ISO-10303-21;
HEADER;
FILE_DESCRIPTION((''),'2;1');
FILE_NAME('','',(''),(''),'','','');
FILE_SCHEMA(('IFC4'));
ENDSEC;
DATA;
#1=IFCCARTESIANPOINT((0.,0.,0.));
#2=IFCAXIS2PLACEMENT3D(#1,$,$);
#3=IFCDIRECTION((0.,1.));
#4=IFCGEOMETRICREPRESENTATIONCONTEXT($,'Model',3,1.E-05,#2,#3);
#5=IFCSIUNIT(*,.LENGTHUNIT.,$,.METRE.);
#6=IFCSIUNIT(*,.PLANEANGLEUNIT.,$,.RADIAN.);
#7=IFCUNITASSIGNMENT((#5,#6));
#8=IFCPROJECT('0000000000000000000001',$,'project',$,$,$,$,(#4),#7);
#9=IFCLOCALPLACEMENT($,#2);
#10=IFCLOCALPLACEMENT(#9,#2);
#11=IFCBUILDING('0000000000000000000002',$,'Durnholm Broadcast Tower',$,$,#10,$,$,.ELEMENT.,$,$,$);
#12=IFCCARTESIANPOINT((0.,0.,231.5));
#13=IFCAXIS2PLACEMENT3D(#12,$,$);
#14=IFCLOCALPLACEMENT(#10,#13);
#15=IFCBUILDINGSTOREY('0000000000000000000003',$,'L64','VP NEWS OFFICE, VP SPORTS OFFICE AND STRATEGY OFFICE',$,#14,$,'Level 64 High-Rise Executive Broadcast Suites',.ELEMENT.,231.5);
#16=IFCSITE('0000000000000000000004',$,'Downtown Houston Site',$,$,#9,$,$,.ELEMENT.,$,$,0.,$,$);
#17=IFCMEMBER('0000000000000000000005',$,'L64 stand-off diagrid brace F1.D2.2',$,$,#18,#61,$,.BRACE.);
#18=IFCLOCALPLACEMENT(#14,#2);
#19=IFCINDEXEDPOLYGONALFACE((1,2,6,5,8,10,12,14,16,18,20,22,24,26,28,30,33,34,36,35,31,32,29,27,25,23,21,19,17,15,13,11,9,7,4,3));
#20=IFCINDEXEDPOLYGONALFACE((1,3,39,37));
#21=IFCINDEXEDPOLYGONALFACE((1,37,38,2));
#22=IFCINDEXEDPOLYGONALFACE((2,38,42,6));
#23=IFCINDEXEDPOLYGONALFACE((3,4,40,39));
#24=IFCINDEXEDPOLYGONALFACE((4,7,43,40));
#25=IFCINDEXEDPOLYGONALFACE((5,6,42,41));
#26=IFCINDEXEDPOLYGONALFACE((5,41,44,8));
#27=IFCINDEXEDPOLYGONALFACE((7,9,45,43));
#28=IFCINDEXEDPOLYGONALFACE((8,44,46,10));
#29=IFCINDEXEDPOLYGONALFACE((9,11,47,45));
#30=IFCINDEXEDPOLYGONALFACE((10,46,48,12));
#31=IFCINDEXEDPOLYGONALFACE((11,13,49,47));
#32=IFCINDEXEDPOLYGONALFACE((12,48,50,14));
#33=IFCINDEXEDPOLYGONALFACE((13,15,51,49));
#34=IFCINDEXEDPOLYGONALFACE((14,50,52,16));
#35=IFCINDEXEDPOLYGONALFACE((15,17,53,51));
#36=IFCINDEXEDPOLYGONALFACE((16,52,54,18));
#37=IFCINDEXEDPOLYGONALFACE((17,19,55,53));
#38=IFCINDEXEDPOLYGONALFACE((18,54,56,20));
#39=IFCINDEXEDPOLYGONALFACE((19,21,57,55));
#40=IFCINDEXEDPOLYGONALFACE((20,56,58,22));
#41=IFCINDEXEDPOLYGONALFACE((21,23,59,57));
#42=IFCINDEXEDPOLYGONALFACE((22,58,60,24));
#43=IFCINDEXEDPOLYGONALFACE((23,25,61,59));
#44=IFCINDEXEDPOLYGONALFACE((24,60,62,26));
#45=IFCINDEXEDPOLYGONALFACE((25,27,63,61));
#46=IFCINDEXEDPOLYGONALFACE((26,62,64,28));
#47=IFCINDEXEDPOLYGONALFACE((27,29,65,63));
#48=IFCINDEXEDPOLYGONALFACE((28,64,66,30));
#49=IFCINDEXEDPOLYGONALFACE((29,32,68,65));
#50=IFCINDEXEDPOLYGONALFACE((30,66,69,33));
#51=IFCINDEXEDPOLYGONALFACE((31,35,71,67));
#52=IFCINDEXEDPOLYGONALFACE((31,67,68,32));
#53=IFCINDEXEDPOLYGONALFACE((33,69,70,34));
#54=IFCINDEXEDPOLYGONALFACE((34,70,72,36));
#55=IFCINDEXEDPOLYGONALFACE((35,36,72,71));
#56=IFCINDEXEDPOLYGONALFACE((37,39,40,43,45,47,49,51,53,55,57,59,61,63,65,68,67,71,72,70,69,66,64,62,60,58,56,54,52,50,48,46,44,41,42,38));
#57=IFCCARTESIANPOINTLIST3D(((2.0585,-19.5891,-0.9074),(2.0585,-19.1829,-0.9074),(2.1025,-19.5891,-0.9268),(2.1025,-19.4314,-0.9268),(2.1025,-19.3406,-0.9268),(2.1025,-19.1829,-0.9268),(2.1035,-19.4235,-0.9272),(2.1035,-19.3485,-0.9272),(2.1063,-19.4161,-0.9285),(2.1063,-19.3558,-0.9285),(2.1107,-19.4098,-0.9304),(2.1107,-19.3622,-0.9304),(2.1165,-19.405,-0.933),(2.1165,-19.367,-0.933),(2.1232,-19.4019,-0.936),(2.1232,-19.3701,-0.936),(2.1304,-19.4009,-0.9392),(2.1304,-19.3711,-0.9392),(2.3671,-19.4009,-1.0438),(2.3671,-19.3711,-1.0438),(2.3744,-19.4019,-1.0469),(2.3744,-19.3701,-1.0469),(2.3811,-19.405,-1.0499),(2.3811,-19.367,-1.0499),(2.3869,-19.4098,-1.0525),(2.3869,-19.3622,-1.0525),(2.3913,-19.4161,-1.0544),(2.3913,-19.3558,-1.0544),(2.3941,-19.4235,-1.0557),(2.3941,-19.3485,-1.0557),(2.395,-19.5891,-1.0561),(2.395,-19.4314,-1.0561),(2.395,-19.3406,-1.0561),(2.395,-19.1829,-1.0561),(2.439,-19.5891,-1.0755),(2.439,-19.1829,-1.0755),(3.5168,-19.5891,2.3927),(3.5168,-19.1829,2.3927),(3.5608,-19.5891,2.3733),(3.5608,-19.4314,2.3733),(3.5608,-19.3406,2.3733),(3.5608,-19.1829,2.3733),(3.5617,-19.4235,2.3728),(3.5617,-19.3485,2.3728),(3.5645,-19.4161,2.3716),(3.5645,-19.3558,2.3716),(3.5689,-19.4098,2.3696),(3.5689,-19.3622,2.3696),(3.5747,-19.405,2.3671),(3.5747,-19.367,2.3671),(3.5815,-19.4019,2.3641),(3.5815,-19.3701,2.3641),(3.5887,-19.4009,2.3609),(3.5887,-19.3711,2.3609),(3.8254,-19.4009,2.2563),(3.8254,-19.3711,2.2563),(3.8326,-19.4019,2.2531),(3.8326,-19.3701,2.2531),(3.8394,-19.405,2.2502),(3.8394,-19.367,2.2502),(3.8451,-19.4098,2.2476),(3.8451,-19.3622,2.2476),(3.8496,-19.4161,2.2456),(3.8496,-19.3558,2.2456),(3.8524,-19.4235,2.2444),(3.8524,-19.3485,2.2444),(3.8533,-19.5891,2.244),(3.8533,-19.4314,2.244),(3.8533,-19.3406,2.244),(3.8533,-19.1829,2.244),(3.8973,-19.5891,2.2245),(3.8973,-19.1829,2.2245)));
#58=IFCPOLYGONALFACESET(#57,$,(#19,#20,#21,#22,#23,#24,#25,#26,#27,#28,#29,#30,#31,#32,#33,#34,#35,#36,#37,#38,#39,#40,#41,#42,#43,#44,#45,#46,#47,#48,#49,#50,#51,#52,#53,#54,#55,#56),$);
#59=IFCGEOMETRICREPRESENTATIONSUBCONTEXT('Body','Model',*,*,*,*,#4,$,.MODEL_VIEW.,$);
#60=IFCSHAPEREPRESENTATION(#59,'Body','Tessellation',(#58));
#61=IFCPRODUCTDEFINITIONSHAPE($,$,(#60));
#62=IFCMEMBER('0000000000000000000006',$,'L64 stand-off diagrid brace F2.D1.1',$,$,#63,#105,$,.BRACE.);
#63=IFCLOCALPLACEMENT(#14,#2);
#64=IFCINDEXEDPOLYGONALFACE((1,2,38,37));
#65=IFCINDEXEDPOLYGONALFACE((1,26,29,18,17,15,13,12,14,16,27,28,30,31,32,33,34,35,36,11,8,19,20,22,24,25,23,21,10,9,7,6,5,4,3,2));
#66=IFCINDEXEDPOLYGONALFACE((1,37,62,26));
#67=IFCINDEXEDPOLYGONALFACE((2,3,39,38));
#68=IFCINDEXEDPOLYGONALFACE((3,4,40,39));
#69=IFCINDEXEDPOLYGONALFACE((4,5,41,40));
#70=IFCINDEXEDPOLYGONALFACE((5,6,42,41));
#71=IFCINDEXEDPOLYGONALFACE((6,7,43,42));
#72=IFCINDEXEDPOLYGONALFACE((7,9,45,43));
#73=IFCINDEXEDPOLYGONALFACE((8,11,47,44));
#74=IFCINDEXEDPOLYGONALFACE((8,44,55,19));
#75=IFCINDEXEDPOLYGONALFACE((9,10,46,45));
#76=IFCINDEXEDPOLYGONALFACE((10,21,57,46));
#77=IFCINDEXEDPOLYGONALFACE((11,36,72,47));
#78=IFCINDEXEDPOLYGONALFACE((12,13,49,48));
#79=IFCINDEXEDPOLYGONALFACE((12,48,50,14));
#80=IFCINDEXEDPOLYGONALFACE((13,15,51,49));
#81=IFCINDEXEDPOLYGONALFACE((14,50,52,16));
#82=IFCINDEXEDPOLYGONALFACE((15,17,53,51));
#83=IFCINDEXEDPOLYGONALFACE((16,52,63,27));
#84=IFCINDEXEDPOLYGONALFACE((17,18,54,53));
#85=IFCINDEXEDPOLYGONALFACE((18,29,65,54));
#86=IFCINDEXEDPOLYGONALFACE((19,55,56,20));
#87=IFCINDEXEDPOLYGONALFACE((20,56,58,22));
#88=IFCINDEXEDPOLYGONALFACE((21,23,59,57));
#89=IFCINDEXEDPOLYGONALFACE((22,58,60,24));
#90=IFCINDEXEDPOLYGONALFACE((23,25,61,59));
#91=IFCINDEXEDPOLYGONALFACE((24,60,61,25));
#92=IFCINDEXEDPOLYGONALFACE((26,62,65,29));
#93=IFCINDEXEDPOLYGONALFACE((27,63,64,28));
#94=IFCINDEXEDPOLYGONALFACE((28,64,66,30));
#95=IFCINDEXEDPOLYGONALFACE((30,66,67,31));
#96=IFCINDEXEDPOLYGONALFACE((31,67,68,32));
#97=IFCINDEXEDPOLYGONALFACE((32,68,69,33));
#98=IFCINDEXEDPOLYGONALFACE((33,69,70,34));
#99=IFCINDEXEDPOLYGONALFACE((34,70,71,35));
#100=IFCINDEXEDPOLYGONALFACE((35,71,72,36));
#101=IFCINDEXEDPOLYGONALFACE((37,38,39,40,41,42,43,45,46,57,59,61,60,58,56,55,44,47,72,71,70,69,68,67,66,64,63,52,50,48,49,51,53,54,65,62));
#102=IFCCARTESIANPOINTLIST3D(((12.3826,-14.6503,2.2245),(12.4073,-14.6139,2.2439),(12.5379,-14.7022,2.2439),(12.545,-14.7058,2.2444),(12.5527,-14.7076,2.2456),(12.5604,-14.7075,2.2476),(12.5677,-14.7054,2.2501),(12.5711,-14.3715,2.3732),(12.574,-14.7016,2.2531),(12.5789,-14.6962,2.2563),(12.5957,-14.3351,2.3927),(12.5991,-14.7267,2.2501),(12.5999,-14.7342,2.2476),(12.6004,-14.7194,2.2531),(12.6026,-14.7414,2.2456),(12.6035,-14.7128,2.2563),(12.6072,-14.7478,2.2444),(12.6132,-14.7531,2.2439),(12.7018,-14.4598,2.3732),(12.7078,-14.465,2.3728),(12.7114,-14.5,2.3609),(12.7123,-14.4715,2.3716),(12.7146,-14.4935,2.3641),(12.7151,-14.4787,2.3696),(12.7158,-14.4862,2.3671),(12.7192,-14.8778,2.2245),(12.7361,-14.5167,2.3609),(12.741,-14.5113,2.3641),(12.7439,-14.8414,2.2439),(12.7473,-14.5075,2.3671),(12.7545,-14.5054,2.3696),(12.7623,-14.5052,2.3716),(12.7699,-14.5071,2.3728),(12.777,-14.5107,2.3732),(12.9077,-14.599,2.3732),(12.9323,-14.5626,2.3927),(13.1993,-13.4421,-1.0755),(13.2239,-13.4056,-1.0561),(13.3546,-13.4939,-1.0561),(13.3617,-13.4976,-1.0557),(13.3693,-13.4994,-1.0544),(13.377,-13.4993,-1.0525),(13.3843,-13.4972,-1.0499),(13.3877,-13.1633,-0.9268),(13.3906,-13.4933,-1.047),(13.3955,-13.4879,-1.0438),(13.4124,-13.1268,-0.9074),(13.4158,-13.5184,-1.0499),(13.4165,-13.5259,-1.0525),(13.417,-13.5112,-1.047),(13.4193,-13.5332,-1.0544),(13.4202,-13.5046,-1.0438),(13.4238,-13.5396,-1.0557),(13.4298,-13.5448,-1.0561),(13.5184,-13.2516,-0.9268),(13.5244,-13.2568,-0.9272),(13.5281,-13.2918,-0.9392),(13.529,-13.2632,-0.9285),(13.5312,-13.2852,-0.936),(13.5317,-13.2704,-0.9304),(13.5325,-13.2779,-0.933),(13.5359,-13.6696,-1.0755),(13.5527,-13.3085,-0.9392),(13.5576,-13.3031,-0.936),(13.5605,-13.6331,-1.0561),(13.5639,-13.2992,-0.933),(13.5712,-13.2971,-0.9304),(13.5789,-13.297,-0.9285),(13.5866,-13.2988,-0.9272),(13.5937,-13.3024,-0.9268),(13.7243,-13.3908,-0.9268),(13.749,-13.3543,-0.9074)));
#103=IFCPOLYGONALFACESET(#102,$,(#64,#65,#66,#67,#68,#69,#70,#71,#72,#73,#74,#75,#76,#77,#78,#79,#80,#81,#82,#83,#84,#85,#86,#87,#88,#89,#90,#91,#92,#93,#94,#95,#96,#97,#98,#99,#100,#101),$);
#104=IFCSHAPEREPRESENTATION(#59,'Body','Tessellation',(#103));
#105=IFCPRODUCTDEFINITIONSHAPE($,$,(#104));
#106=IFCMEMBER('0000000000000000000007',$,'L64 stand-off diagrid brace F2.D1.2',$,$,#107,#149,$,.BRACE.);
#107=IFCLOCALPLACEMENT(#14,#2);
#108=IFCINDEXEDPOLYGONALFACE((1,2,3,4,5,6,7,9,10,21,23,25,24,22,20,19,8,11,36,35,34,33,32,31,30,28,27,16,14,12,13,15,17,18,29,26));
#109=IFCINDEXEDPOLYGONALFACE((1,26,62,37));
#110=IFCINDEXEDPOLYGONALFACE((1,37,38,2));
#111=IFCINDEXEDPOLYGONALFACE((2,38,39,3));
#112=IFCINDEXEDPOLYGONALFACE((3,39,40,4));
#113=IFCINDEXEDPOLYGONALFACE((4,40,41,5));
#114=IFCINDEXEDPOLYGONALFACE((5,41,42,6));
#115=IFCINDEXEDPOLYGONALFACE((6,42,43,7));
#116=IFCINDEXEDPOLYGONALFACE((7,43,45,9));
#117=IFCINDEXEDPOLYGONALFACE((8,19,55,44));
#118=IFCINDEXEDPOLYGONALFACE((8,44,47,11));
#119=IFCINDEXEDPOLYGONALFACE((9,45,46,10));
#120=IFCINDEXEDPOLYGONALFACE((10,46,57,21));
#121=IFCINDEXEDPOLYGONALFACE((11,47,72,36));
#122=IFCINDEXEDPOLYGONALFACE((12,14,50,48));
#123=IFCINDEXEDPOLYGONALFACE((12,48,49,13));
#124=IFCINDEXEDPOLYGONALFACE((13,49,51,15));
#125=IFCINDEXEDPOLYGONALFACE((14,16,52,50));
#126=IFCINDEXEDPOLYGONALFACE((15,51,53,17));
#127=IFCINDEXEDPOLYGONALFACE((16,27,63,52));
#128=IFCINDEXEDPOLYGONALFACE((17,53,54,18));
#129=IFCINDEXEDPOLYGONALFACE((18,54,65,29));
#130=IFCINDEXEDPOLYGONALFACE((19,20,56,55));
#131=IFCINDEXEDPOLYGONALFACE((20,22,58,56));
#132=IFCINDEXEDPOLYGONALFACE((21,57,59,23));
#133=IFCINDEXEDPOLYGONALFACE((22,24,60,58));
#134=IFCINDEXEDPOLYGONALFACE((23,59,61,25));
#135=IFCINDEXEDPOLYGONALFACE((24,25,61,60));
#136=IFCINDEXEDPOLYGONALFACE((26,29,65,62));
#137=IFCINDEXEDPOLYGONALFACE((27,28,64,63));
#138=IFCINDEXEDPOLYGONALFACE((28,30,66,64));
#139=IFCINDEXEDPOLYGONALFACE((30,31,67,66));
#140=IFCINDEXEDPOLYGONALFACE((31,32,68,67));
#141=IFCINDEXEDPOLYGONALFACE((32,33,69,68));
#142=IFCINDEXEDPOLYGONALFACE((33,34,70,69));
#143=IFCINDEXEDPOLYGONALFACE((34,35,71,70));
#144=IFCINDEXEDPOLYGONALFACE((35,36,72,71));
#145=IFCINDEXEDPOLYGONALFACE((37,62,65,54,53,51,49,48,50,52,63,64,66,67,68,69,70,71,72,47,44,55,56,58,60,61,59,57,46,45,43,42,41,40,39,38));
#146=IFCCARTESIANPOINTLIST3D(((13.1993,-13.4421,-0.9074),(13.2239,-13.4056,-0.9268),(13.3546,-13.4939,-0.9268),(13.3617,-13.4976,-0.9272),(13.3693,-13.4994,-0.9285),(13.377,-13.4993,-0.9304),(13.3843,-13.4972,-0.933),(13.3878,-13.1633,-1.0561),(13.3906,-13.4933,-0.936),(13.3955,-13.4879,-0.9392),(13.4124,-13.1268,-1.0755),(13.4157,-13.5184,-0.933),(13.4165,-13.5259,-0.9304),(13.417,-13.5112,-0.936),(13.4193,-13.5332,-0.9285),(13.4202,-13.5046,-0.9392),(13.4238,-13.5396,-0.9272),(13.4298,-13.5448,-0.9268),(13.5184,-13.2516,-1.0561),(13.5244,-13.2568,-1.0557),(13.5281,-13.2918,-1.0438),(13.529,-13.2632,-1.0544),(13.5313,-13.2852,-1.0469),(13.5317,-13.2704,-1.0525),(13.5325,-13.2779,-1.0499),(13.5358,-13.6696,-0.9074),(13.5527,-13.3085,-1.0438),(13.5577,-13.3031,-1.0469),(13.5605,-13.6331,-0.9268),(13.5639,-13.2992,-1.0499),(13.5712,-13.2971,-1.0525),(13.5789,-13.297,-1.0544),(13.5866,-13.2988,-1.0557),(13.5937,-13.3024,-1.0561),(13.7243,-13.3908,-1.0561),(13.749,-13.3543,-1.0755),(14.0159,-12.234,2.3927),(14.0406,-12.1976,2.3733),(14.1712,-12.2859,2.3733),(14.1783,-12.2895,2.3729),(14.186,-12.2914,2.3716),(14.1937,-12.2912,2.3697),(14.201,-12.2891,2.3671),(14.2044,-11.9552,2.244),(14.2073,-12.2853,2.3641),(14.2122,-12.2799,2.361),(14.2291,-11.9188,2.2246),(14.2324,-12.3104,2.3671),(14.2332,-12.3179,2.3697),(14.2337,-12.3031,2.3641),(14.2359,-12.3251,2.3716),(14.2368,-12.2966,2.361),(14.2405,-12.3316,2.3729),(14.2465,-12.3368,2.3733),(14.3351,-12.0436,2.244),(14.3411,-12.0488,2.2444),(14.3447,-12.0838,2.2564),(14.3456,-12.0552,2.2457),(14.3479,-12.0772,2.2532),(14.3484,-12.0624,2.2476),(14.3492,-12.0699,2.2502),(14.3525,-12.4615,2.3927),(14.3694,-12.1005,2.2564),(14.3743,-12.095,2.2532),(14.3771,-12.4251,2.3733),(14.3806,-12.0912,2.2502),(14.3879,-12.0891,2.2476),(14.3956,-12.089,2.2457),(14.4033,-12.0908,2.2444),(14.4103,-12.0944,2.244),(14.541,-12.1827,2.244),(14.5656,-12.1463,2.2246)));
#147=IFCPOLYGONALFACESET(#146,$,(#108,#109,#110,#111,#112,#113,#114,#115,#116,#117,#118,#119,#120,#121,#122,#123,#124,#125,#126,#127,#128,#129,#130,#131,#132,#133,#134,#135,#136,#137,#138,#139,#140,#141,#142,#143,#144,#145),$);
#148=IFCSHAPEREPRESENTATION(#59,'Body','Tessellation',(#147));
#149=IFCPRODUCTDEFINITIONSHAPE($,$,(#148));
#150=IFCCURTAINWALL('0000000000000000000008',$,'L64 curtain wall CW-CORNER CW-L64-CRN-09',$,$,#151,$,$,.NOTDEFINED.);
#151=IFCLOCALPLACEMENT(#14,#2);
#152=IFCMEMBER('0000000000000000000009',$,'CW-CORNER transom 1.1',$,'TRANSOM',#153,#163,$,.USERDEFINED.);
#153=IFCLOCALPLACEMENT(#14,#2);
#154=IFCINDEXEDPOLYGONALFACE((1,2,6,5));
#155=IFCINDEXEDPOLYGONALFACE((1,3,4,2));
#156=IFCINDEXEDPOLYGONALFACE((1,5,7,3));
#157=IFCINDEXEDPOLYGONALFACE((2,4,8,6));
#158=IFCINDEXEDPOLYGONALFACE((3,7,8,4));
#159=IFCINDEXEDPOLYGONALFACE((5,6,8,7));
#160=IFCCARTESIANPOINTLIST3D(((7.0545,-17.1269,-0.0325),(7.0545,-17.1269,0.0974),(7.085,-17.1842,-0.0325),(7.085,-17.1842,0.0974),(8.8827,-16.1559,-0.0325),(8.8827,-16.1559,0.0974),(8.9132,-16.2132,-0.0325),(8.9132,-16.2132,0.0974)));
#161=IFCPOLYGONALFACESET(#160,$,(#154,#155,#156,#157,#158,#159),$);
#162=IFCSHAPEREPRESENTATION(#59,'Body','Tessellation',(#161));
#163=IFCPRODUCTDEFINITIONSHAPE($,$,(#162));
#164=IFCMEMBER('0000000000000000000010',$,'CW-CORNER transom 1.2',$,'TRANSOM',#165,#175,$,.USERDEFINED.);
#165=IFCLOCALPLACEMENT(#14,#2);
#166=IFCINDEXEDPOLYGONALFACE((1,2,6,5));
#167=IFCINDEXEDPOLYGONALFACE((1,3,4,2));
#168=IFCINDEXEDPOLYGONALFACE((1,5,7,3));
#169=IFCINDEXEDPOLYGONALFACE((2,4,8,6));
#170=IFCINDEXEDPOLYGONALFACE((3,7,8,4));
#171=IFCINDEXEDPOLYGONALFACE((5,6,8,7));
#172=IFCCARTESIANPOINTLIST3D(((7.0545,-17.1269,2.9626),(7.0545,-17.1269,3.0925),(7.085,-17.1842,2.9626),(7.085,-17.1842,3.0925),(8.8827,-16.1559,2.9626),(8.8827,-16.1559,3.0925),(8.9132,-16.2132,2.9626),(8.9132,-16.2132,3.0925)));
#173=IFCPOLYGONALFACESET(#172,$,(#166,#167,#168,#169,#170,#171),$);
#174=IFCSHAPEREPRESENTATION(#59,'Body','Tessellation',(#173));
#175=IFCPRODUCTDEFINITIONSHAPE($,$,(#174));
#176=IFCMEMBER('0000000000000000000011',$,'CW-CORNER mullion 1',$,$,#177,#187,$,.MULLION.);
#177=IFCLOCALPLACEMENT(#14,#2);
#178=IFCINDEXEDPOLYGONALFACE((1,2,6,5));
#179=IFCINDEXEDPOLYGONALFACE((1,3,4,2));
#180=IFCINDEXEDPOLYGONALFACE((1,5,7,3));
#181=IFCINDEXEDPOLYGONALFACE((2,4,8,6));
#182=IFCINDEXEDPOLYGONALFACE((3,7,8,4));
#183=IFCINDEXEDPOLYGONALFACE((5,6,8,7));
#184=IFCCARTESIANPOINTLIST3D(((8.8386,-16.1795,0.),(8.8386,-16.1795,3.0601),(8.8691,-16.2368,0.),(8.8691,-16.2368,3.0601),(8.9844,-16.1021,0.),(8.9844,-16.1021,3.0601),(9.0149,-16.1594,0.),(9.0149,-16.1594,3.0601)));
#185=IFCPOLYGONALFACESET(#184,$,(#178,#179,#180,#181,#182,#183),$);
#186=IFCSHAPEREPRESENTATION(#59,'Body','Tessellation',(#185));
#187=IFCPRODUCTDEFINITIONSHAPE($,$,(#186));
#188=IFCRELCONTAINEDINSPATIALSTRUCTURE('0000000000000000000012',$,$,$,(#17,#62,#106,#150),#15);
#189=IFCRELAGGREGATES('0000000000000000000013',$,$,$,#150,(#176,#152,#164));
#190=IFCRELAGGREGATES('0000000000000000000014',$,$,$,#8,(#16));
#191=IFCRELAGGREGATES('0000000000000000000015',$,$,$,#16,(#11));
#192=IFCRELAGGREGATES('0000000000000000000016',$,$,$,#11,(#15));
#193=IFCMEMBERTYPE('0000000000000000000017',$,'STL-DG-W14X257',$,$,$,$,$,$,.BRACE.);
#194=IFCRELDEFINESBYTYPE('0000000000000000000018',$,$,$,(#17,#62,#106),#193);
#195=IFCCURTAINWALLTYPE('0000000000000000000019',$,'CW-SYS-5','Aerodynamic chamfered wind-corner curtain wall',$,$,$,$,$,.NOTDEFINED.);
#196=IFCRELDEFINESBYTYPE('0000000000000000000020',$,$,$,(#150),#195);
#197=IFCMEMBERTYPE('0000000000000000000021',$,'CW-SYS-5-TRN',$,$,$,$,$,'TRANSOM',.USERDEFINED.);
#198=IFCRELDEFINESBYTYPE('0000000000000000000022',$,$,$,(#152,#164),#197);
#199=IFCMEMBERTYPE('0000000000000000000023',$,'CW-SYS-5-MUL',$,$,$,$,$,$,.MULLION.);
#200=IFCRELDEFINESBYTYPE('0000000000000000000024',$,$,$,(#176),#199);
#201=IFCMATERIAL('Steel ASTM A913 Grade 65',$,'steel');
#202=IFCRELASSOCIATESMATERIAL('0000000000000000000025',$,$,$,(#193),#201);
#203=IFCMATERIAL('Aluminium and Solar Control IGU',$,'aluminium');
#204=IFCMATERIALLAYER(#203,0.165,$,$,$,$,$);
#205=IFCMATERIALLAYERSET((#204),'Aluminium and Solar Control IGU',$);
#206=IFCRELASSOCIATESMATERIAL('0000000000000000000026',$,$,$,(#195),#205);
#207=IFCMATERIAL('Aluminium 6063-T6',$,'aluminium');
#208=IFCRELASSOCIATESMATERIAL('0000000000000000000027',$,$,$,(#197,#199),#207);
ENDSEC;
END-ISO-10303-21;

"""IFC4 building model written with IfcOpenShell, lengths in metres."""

from ifc_helpers import new_model, si_unit, direction, frame, origin, origin_2d, place, context, subcontext, project, spatial, rectangle, i_section, extrude, source, transform, mapped, material, layer, layer_set, material_profile, profile_set, type_object, type_shapes, element, aggregate, save


model = new_model("IFC4")

# Units and contexts
model_context = context("Model", 3, precision=1e-05, world=origin(), true_north=direction((0.0, 1.0)))
body_context = subcontext(model_context, "Body", "Model", "MODEL_VIEW")
ifc_project = project(units=[si_unit("LENGTHUNIT", "METRE"), si_unit("PLANEANGLEUNIT", "RADIAN")], contexts=[model_context])

# Site, building, storey
site_placement = place(None, origin())
site = spatial("IfcSite", under=ifc_project, at=site_placement, Name="Downtown Houston Site", CompositionType="ELEMENT", RefElevation=0.0)
building_placement = place(site_placement, origin())
building = spatial("IfcBuilding", under=site, at=building_placement, Name="Durnholm Broadcast Tower", CompositionType="ELEMENT")
storey_placement = place(building_placement, frame((0.0, 0.0, 231.5)))
storey = spatial("IfcBuildingStorey", under=building, at=storey_placement, Name="L64", Description="VP NEWS OFFICE, VP SPORTS OFFICE AND STRATEGY OFFICE", LongName="Level 64 High-Rise Executive Broadcast Suites", CompositionType="ELEMENT", Elevation=231.5)

# Members
ifc_material_1 = material(Name="Steel ASTM A913 Grade 65", Category="steel")
ifc_material_profile_1 = material_profile(ifc_material_1, i_section(OverallWidth=0.4062, OverallDepth=0.416, WebThickness=0.0298, FlangeThickness=0.0481, FilletRadius=0.0305, at=origin_2d()), Name="W14X257")
ifc_profile_set_1 = profile_set([ifc_material_profile_1], Name="Steel ASTM A913 Grade 65")
member_type_1 = type_object("IfcMemberType", Name="STL-DG-W14X257", PredefinedType="BRACE", material=ifc_profile_set_1)
shared_shape_1 = source(origin(), body_context, "Body", "SweptSolid", [
    extrude(i_section(OverallWidth=0.4062, OverallDepth=0.416, WebThickness=0.0298, FlangeThickness=0.0481, FilletRadius=0.0305, at=origin_2d()), origin(), (0.0, 0.0, 1.0), 3.6079),
])
type_shapes(member_type_1, [shared_shape_1])
for number, where, z_axis, x_axis, name in (
    (1, (2.2488, -19.386, -0.9915), (0.404185, 0.0, 0.914677), (0.0, 1.0, 0.0), "L64 stand-off diagrid brace F1.D2.2"),
    (2, (13.4741, -13.3982, -0.9915), (-0.226349, -0.334888, 0.914667), (0.828505, -0.559982, 0.0), "L64 stand-off diagrid brace F2.D1.1"),
    (3, (13.4741, -13.3982, -0.9915), (0.226354, 0.334828, 0.914688), (-0.828452, 0.560059, 0.0), "L64 stand-off diagrid brace F2.D1.2"),
):
    element("IfcMember", number, at=place(storey_placement, frame(where, z_axis=z_axis, x_axis=x_axis)), inside=storey, type_object=member_type_1, Name=name, PredefinedType="BRACE", context=body_context, shape_type="MappedRepresentation", body=[
        mapped(shared_shape_1, transform((0.0, 0.0, 0.0), x_axis=(1.0, 0.0, 0.0), y_axis=(0.0, 1.0, 0.0), z_axis=(0.0, 0.0, 1.0), scale=1.0)),
    ])

# Curtain wall, members
ifc_material_2 = material(Name="Aluminium and Solar Control IGU", Category="aluminium")
ifc_layer_1 = layer(ifc_material_2, 0.165)
ifc_layer_set_1 = layer_set([ifc_layer_1], Name="Aluminium and Solar Control IGU")
curtain_wall_type_1 = type_object("IfcCurtainWallType", Name="CW-SYS-5", Description="Aerodynamic chamfered wind-corner curtain wall", PredefinedType="NOTDEFINED", material=ifc_layer_set_1)
curtain_wall_1_placement = place(storey_placement, origin())
curtain_wall_1 = element("IfcCurtainWall", 4, at=curtain_wall_1_placement, inside=storey, type_object=curtain_wall_type_1, Name="L64 curtain wall CW-CORNER CW-L64-CRN-09", PredefinedType="NOTDEFINED")
ifc_material_3 = material(Name="Aluminium 6063-T6", Category="aluminium")
ifc_material_profile_2 = material_profile(ifc_material_3, rectangle(XDim=0.0649, YDim=0.1299, at=origin_2d()), Name="CWT65X130")
ifc_profile_set_2 = profile_set([ifc_material_profile_2], Name="Aluminium 6063-T6")
member_type_2 = type_object("IfcMemberType", Name="CW-SYS-5-TRN", ElementType="TRANSOM", PredefinedType="USERDEFINED", material=ifc_profile_set_2)
shared_shape_2 = source(origin(), body_context, "Body", "SweptSolid", [
    extrude(rectangle(XDim=0.0649, YDim=0.1299, at=origin_2d()), origin(), (0.0, 0.0, 1.0), 2.0701),
])
type_shapes(member_type_2, [shared_shape_2])
member_1_placement = place(storey_placement, frame((8.8979, -16.1846, 0.0325), z_axis=(-0.883165, -0.469063, 0.0), x_axis=(0.469063, -0.883165, 0.0)))
member_1 = element("IfcMember", 5, at=member_1_placement, type_object=member_type_2, Name="CW-CORNER transom 1.1", ObjectType="TRANSOM", PredefinedType="USERDEFINED", context=body_context, shape_type="MappedRepresentation", body=[
    mapped(shared_shape_2, transform((0.0, 0.0, 0.0), x_axis=(1.0, 0.0, 0.0), y_axis=(0.0, 1.0, 0.0), z_axis=(0.0, 0.0, 1.0), scale=1.0)),
])
member_2_placement = place(storey_placement, frame((8.8979, -16.1846, 3.0276), z_axis=(-0.883165, -0.469063, 0.0), x_axis=(0.469063, -0.883165, 0.0)))
member_2 = element("IfcMember", 6, at=member_2_placement, type_object=member_type_2, Name="CW-CORNER transom 1.2", ObjectType="TRANSOM", PredefinedType="USERDEFINED", context=body_context, shape_type="MappedRepresentation", body=[
    mapped(shared_shape_2, transform((0.0, 0.0, 0.0), x_axis=(1.0, 0.0, 0.0), y_axis=(0.0, 1.0, 0.0), z_axis=(0.0, 0.0, 1.0), scale=1.0)),
])
ifc_material_profile_3 = material_profile(ifc_material_3, rectangle(XDim=0.0649, YDim=0.165, at=origin_2d()), Name="CWM65X165")
ifc_profile_set_3 = profile_set([ifc_material_profile_3], Name="Aluminium 6063-T6")
member_type_3 = type_object("IfcMemberType", Name="CW-SYS-5-MUL", PredefinedType="MULLION", material=ifc_profile_set_3)
shared_shape_3 = source(origin(), body_context, "Body", "SweptSolid", [
    extrude(rectangle(XDim=0.0649, YDim=0.165, at=origin_2d()), origin(), (0.0, 0.0, 1.0), 3.0601),
])
type_shapes(member_type_3, [shared_shape_3])
member_3_placement = place(storey_placement, frame((8.9268, -16.1694, 0.0), z_axis=(0.0, 0.0, 1.0), x_axis=(0.469007, -0.883195, 0.0)))
member_3 = element("IfcMember", 7, at=member_3_placement, type_object=member_type_3, Name="CW-CORNER mullion 1", PredefinedType="MULLION", context=body_context, shape_type="MappedRepresentation", body=[
    mapped(shared_shape_3, transform((0.0, 0.0, 0.0), x_axis=(1.0, 0.0, 0.0), y_axis=(0.0, 1.0, 0.0), z_axis=(0.0, 0.0, 1.0), scale=1.0)),
])

aggregate(curtain_wall_1, [member_3, member_1, member_2])

save(model, "model.ifc")
